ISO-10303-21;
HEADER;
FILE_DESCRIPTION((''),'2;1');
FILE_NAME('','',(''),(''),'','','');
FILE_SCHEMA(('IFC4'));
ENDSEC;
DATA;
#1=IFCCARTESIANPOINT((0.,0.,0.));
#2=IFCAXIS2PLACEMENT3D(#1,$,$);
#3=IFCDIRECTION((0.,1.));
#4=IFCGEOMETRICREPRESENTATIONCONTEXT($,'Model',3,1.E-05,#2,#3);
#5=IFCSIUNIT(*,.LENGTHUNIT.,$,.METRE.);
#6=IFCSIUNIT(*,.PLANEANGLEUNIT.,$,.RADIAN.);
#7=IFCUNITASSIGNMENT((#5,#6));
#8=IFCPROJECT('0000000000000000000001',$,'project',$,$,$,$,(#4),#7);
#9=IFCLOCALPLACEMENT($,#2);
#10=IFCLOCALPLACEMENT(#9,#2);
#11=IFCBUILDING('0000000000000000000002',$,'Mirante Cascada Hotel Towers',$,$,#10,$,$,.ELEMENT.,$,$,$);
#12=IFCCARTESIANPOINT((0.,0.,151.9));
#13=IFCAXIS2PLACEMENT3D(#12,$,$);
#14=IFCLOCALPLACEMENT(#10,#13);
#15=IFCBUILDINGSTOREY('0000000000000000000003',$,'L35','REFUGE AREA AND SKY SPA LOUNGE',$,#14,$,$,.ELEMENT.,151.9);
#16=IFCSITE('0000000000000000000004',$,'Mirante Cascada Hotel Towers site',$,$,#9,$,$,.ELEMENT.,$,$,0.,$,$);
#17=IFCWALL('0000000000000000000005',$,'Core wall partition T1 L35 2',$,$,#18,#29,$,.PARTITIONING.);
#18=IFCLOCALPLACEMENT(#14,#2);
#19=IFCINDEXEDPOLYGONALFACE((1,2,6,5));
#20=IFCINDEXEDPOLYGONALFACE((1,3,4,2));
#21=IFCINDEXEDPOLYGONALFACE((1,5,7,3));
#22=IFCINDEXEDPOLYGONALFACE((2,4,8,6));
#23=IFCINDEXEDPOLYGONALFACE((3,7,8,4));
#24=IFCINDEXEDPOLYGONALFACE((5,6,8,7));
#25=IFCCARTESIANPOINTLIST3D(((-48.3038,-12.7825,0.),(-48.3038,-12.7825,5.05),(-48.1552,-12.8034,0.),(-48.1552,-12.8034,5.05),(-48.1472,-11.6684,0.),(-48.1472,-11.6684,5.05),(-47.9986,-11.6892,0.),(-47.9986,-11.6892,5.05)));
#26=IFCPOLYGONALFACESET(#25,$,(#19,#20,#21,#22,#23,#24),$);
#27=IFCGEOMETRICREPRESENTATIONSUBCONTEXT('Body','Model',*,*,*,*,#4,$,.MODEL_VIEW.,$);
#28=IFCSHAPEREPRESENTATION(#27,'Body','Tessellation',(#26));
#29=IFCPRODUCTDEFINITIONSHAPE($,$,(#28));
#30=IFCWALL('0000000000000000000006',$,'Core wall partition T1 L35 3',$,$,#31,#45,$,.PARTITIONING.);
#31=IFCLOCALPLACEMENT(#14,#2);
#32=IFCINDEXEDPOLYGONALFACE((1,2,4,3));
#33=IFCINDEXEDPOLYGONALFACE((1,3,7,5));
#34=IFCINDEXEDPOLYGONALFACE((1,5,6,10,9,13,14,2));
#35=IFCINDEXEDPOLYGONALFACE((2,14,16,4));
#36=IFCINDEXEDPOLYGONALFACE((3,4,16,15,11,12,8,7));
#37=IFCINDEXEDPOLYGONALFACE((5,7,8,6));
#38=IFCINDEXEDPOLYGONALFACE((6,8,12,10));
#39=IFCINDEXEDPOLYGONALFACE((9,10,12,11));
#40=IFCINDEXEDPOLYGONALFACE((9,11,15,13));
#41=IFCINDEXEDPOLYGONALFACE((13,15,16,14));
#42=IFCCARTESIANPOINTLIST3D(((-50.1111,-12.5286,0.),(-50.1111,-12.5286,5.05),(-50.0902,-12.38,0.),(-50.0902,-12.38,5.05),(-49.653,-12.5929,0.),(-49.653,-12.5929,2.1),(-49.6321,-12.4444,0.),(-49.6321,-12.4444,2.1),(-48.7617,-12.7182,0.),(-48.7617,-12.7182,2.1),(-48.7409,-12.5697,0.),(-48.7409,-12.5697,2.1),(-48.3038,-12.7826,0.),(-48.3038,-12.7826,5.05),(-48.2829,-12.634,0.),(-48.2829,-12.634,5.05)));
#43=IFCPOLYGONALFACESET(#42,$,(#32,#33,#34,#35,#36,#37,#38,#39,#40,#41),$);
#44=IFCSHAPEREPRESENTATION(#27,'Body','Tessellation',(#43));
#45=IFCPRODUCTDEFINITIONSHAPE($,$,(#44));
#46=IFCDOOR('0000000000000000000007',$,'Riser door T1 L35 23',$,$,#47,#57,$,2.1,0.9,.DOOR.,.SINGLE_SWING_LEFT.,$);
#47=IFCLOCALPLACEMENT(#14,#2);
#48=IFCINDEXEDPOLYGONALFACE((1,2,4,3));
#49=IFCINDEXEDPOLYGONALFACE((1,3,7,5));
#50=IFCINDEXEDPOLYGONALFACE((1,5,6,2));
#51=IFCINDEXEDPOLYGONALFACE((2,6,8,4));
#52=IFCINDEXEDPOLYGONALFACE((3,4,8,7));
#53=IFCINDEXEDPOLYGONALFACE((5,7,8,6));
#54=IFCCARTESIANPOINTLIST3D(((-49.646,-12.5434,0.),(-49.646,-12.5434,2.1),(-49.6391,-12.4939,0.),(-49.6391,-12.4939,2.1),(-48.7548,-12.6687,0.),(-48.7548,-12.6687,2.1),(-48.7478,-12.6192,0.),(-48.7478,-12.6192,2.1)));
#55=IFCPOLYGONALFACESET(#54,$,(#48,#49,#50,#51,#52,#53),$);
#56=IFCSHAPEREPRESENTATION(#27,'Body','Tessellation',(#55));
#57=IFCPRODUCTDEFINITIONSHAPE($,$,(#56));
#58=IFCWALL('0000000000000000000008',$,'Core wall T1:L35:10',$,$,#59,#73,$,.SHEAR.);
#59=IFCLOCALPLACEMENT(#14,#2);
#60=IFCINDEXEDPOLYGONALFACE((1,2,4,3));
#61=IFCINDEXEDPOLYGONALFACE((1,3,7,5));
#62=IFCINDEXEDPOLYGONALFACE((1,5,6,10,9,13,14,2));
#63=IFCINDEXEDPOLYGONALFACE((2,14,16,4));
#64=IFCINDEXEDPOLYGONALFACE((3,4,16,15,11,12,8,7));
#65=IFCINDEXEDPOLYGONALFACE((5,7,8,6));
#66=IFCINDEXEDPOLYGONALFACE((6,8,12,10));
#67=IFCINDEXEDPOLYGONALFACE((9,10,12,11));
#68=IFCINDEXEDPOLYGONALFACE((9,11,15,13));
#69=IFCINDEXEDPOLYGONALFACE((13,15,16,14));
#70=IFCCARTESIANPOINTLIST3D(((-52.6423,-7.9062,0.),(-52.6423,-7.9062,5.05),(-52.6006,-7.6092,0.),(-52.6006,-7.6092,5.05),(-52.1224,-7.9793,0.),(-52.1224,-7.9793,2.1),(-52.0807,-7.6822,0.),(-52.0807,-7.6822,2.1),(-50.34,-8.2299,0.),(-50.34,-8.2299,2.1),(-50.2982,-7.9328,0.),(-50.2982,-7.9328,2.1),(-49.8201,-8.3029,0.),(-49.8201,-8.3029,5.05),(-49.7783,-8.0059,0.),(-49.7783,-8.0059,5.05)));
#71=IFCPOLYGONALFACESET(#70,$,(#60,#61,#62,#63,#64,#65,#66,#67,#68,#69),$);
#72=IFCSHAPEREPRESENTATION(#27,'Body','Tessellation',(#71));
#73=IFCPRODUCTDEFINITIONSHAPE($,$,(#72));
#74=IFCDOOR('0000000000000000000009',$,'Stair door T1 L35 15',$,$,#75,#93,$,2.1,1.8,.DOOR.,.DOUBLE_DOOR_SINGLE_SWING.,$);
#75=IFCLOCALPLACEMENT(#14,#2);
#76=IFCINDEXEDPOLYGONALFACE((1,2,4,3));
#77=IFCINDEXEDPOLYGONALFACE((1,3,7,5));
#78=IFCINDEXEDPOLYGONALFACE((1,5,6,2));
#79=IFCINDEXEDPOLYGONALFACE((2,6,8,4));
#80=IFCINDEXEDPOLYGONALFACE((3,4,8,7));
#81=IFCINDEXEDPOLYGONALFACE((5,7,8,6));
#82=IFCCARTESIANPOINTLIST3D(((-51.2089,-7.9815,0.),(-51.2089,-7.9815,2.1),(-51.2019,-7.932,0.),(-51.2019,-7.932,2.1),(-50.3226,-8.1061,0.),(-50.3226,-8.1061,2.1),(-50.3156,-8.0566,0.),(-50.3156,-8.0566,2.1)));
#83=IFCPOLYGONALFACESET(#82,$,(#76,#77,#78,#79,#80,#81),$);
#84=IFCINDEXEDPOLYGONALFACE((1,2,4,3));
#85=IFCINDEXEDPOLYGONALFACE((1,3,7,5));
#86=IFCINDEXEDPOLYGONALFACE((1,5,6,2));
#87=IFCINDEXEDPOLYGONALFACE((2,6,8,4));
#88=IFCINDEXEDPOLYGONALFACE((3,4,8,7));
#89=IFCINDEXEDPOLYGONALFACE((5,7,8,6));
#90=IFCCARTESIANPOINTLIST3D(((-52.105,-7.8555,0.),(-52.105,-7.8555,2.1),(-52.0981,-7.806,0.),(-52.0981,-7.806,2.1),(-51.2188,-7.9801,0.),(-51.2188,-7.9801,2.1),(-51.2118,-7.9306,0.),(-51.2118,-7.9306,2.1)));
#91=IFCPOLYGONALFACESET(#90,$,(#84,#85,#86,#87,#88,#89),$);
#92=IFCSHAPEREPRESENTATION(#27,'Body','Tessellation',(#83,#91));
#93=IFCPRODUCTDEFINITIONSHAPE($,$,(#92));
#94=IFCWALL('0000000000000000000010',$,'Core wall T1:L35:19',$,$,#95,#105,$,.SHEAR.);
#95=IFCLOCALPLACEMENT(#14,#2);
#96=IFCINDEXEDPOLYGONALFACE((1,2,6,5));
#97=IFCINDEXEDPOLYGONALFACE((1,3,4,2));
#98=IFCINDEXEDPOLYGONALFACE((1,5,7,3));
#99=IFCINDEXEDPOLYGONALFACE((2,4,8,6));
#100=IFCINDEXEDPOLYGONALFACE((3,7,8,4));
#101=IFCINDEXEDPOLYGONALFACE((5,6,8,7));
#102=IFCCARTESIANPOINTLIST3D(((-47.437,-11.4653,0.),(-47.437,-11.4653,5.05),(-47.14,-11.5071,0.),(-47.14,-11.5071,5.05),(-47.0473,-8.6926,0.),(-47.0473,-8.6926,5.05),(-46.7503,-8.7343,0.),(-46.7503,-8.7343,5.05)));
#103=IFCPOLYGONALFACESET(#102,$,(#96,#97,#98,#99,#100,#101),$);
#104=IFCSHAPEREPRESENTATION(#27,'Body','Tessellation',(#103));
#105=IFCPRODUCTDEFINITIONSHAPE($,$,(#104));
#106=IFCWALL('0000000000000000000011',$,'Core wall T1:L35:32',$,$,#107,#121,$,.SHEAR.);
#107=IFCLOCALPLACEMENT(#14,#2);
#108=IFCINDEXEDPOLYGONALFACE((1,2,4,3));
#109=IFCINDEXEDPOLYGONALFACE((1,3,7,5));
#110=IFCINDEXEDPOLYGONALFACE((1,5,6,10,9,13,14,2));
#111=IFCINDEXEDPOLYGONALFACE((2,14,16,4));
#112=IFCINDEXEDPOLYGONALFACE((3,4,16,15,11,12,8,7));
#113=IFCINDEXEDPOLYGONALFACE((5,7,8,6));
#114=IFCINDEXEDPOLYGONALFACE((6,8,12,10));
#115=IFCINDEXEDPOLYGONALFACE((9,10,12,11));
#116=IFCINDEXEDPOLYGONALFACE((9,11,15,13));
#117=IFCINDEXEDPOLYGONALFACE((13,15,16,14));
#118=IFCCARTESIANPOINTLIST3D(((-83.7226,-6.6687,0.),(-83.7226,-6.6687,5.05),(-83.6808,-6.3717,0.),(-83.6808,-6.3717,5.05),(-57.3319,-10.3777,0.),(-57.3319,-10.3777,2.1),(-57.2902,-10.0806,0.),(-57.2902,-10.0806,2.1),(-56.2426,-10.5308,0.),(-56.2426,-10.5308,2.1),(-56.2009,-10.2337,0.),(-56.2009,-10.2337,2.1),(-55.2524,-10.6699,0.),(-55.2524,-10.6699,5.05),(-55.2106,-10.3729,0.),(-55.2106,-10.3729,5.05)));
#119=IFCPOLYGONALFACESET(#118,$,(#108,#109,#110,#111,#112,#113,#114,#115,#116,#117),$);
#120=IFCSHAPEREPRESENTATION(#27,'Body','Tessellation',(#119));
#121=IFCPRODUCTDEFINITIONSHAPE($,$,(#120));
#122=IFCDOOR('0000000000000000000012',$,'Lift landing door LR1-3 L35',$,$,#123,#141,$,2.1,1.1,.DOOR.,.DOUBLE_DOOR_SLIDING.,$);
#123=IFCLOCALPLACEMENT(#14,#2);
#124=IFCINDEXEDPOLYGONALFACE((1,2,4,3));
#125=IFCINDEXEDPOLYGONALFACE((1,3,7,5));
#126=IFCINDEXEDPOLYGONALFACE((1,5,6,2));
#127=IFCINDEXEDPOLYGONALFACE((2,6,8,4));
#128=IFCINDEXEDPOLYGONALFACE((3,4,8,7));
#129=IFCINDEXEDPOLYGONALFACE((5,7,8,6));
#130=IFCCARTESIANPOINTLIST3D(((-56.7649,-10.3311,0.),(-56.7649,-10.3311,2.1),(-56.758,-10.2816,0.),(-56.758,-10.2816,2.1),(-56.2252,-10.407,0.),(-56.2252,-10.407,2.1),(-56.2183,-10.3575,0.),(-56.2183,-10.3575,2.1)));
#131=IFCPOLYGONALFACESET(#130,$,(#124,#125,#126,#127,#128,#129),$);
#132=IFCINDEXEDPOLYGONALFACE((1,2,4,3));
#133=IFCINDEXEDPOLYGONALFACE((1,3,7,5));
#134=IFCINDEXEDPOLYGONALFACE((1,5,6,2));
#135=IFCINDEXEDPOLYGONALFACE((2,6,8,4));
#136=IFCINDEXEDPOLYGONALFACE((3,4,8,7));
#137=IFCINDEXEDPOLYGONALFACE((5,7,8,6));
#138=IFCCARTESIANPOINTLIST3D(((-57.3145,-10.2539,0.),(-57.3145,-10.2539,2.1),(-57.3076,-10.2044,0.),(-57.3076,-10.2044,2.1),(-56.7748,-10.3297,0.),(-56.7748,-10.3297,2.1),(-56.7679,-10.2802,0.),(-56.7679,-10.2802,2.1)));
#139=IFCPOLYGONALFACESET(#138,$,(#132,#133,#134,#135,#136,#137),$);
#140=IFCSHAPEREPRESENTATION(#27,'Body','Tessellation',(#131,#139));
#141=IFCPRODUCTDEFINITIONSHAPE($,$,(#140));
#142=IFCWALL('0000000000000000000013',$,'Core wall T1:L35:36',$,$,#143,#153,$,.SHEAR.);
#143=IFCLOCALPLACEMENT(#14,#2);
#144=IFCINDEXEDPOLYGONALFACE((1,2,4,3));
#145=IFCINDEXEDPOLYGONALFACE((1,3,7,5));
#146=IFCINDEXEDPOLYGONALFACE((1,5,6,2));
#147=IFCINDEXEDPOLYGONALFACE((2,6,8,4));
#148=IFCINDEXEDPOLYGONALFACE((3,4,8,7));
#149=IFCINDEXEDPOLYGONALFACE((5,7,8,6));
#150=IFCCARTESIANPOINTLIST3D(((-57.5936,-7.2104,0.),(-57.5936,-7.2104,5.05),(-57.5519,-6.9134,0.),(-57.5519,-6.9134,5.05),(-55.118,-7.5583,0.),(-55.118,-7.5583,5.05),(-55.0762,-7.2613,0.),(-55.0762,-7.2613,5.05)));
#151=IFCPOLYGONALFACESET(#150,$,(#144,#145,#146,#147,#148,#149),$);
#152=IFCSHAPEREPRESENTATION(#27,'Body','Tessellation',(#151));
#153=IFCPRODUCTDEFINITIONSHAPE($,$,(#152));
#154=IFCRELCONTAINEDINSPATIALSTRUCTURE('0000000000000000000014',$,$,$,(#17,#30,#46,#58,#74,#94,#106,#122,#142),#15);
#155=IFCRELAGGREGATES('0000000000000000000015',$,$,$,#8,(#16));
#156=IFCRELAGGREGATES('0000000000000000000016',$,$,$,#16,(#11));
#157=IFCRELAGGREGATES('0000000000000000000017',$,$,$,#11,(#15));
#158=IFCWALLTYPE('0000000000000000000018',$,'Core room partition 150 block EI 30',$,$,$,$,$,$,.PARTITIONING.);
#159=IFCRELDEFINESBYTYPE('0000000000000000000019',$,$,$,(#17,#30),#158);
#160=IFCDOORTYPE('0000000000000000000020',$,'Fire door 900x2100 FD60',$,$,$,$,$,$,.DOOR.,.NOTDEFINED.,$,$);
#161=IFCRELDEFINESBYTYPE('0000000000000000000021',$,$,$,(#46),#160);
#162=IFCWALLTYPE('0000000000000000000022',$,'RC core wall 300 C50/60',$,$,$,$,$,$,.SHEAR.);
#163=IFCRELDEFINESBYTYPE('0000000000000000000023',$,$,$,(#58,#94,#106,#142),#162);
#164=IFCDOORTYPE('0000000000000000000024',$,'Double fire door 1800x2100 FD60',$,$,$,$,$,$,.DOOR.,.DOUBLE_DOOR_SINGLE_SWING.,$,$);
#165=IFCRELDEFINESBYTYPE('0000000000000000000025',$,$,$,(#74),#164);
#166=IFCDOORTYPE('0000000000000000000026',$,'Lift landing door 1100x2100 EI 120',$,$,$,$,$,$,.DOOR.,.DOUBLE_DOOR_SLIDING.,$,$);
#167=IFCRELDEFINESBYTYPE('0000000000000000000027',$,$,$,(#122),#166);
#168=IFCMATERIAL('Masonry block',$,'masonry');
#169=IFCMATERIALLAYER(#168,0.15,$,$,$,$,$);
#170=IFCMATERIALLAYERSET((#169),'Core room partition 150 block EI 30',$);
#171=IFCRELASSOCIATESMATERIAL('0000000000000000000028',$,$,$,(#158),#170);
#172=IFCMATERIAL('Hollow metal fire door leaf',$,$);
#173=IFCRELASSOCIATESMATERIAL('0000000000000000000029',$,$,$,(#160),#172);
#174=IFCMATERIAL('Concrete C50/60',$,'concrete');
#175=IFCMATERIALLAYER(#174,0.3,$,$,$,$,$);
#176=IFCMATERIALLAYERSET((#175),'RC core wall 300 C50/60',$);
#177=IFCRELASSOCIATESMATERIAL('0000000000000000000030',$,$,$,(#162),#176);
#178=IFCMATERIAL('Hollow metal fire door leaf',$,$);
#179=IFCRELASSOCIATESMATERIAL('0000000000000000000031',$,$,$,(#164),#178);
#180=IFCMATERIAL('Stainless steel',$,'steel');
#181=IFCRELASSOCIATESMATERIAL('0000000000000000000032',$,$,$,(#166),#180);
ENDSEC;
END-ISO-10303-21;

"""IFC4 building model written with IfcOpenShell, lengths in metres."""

from ifc_helpers import new_model, si_unit, direction, frame, frame_2d, origin, place, context, subcontext, project, spatial, rectangle, extrude, material, layer, layer_set, type_object, element, fill, save


model = new_model("IFC4")

# Units and contexts
model_context = context("Model", 3, precision=1e-05, world=origin(), true_north=direction((0.0, 1.0)))
body_context = subcontext(model_context, "Body", "Model", "MODEL_VIEW")
ifc_project = project(units=[si_unit("LENGTHUNIT", "METRE"), si_unit("PLANEANGLEUNIT", "RADIAN")], contexts=[model_context])

# Site, building, storey
site_placement = place(None, origin())
site = spatial("IfcSite", under=ifc_project, at=site_placement, Name="Mirante Cascada Hotel Towers site", CompositionType="ELEMENT", RefElevation=0.0)
building_placement = place(site_placement, origin())
building = spatial("IfcBuilding", under=site, at=building_placement, Name="Mirante Cascada Hotel Towers", CompositionType="ELEMENT")
storey_placement = place(building_placement, frame((0.0, 0.0, 151.9)))
storey = spatial("IfcBuildingStorey", under=building, at=storey_placement, Name="L35", Description="REFUGE AREA AND SKY SPA LOUNGE", CompositionType="ELEMENT", Elevation=151.9)

# Wall
ifc_material_1 = material(Name="Masonry block", Category="masonry")
ifc_layer_1 = layer(ifc_material_1, 0.15)
ifc_layer_set_1 = layer_set([ifc_layer_1], Name="Core room partition 150 block EI 30")
wall_type_1 = type_object("IfcWallType", Name="Core room partition 150 block EI 30", PredefinedType="PARTITIONING", material=ifc_layer_set_1)
wall_1_placement = place(storey_placement, frame((-48.2295, -12.793, 0.0), z_axis=(0.0, 0.0, 1.0), x_axis=(0.139193, 0.990265, 0.0)))
element("IfcWall", 1, at=wall_1_placement, inside=storey, type_object=wall_type_1, Name="Core wall partition T1 L35 2", PredefinedType="PARTITIONING", context=body_context, shape_type="SweptSolid", body=[
    extrude(rectangle(XDim=1.1251, YDim=0.15, at=frame_2d((0.5626, 0.0))), origin(), (0.0, 0.0, 1.0), 5.05),
])

# Walls, openings, doors
wall_2_placement = place(storey_placement, frame((-48.2933, -12.7083, 0.0), z_axis=(0.0, 0.0, 1.0), x_axis=(-0.990268, 0.139173, 0.0)))
wall_2 = element("IfcWall", 2, at=wall_2_placement, inside=storey, type_object=wall_type_1, Name="Core wall partition T1 L35 3", PredefinedType="PARTITIONING", context=body_context, shape_type="SweptSolid", body=[
    extrude(rectangle(XDim=1.8251, YDim=0.15, at=frame_2d((0.9126, 0.0))), origin(), (0.0, 0.0, 1.0), 5.05),
])
opening_1_placement = place(wall_2_placement, frame((0.4625, 0.0, 0.0)))
opening_1 = element("IfcOpeningElement", 3, at=opening_1_placement, cuts=wall_2, PredefinedType="OPENING", context=body_context, shape_type="SweptSolid", body=[
    extrude(rectangle(XDim=0.9, YDim=2.1, at=frame_2d((0.45, 1.05))), frame((0.0, 0.075, 0.0), z_axis=(0.0, -1.0, 0.0), x_axis=(1.0, 0.0, 0.0)), (0.0, 0.0, 1.0), 0.15),
])
ifc_material_2 = material(Name="Hollow metal fire door leaf")
door_type_1 = type_object("IfcDoorType", Name="Fire door 900x2100 FD60", OperationType="NOTDEFINED", PredefinedType="DOOR", material=ifc_material_2)
door_1_placement = place(opening_1_placement, origin())
door_1 = element("IfcDoor", 4, at=door_1_placement, inside=storey, type_object=door_type_1, Name="Riser door T1 L35 23", OperationType="SINGLE_SWING_LEFT", OverallHeight=2.1, OverallWidth=0.9, PredefinedType="DOOR", context=body_context, shape_type="SweptSolid", body=[
    extrude(rectangle(XDim=0.9, YDim=2.1, at=frame_2d((0.45, 1.05))), frame((0.0, 0.025, 0.0), z_axis=(0.0, -1.0, 0.0), x_axis=(1.0, 0.0, 0.0)), (0.0, 0.0, 1.0), 0.05),
])
fill(opening_1, door_1)
ifc_material_3 = material(Name="Concrete C50/60", Category="concrete")
ifc_layer_2 = layer(ifc_material_3, 0.3)
ifc_layer_set_2 = layer_set([ifc_layer_2], Name="RC core wall 300 C50/60")
wall_type_2 = type_object("IfcWallType", Name="RC core wall 300 C50/60", PredefinedType="SHEAR", material=ifc_layer_set_2)
wall_3_placement = place(storey_placement, frame((-49.7992, -8.1544, 0.0), z_axis=(0.0, 0.0, 1.0), x_axis=(-0.990266, 0.139191, 0.0)))
wall_3 = element("IfcWall", 5, at=wall_3_placement, inside=storey, type_object=wall_type_2, Name="Core wall T1:L35:10", PredefinedType="SHEAR", context=body_context, shape_type="SweptSolid", body=[
    extrude(rectangle(XDim=2.85, YDim=0.3, at=frame_2d((1.425, 0.0))), origin(), (0.0, 0.0, 1.0), 5.05),
])
opening_2_placement = place(wall_3_placement, frame((0.525, 0.0, 0.0)))
opening_2 = element("IfcOpeningElement", 6, at=opening_2_placement, cuts=wall_3, PredefinedType="OPENING", context=body_context, shape_type="SweptSolid", body=[
    extrude(rectangle(XDim=1.8, YDim=2.1, at=frame_2d((0.9, 1.05))), frame((0.0, 0.15, 0.0), z_axis=(0.0, -1.0, 0.0), x_axis=(1.0, 0.0, 0.0)), (0.0, 0.0, 1.0), 0.3),
])
ifc_material_4 = material(Name="Hollow metal fire door leaf")
door_type_2 = type_object("IfcDoorType", Name="Double fire door 1800x2100 FD60", OperationType="DOUBLE_DOOR_SINGLE_SWING", PredefinedType="DOOR", material=ifc_material_4)
door_2_placement = place(opening_2_placement, origin())
door_2 = element("IfcDoor", 7, at=door_2_placement, inside=storey, type_object=door_type_2, Name="Stair door T1 L35 15", OperationType="DOUBLE_DOOR_SINGLE_SWING", OverallHeight=2.1, OverallWidth=1.8, PredefinedType="DOOR", context=body_context, shape_type="SweptSolid", body=[
    extrude(rectangle(XDim=0.895, YDim=2.1, at=frame_2d((0.4475, 1.05))), frame((0.0, 0.025, 0.0), z_axis=(0.0, -1.0, 0.0), x_axis=(1.0, 0.0, 0.0)), (0.0, 0.0, 1.0), 0.05),
    extrude(rectangle(XDim=0.895, YDim=2.1, at=frame_2d((1.3525, 1.05))), frame((0.0, 0.025, 0.0), z_axis=(0.0, -1.0, 0.0), x_axis=(1.0, 0.0, 0.0)), (0.0, 0.0, 1.0), 0.05),
])
fill(opening_2, door_2)

# Wall
wall_4_placement = place(storey_placement, frame((-47.2885, -11.4862, 0.0), z_axis=(0.0, 0.0, 1.0), x_axis=(0.139181, 0.990267, 0.0)))
element("IfcWall", 8, at=wall_4_placement, inside=storey, type_object=wall_type_2, Name="Core wall T1:L35:19", PredefinedType="SHEAR", context=body_context, shape_type="SweptSolid", body=[
    extrude(rectangle(XDim=2.8, YDim=0.3, at=frame_2d((1.4, 0.0))), origin(), (0.0, 0.0, 1.0), 5.05),
])

# Wall, opening, door
wall_5_placement = place(storey_placement, frame((-55.2315, -10.5214, 0.0), z_axis=(0.0, 0.0, 1.0), x_axis=(-0.990268, 0.139172, 0.0)))
wall_5 = element("IfcWall", 9, at=wall_5_placement, inside=storey, type_object=wall_type_2, Name="Core wall T1:L35:32", PredefinedType="SHEAR", context=body_context, shape_type="SweptSolid", body=[
    extrude(rectangle(XDim=28.75, YDim=0.3, at=frame_2d((14.375, 0.0))), origin(), (0.0, 0.0, 1.0), 5.05),
])
opening_3_placement = place(wall_5_placement, frame((1.0, 0.0, 0.0)))
opening_3 = element("IfcOpeningElement", 10, at=opening_3_placement, cuts=wall_5, PredefinedType="OPENING", context=body_context, shape_type="SweptSolid", body=[
    extrude(rectangle(XDim=1.1, YDim=2.1, at=frame_2d((0.55, 1.05))), frame((0.0, 0.15, 0.0), z_axis=(0.0, -1.0, 0.0), x_axis=(1.0, 0.0, 0.0)), (0.0, 0.0, 1.0), 0.3),
])
ifc_material_5 = material(Name="Stainless steel", Category="steel")
door_type_3 = type_object("IfcDoorType", Name="Lift landing door 1100x2100 EI 120", OperationType="DOUBLE_DOOR_SLIDING", PredefinedType="DOOR", material=ifc_material_5)
door_3_placement = place(opening_3_placement, origin())
door_3 = element("IfcDoor", 11, at=door_3_placement, inside=storey, type_object=door_type_3, Name="Lift landing door LR1-3 L35", OperationType="DOUBLE_DOOR_SLIDING", OverallHeight=2.1, OverallWidth=1.1, PredefinedType="DOOR", context=body_context, shape_type="SweptSolid", body=[
    extrude(rectangle(XDim=0.545, YDim=2.1, at=frame_2d((0.2725, 1.05))), frame((0.0, 0.025, 0.0), z_axis=(0.0, -1.0, 0.0), x_axis=(1.0, 0.0, 0.0)), (0.0, 0.0, 1.0), 0.05),
    extrude(rectangle(XDim=0.545, YDim=2.1, at=frame_2d((0.8275, 1.05))), frame((0.0, 0.025, 0.0), z_axis=(0.0, -1.0, 0.0), x_axis=(1.0, 0.0, 0.0)), (0.0, 0.0, 1.0), 0.05),
])
fill(opening_3, door_3)

# Wall
wall_6_placement = place(storey_placement, frame((-55.0971, -7.4098, 0.0), z_axis=(0.0, 0.0, 1.0), x_axis=(-0.99027, 0.139159, 0.0)))
element("IfcWall", 12, at=wall_6_placement, inside=storey, type_object=wall_type_2, Name="Core wall T1:L35:36", PredefinedType="SHEAR", context=body_context, shape_type="SweptSolid", body=[
    extrude(rectangle(XDim=2.5, YDim=0.3, at=frame_2d((1.25, 0.0))), origin(), (0.0, 0.0, 1.0), 5.05),
])

save(model, "model.ifc")
